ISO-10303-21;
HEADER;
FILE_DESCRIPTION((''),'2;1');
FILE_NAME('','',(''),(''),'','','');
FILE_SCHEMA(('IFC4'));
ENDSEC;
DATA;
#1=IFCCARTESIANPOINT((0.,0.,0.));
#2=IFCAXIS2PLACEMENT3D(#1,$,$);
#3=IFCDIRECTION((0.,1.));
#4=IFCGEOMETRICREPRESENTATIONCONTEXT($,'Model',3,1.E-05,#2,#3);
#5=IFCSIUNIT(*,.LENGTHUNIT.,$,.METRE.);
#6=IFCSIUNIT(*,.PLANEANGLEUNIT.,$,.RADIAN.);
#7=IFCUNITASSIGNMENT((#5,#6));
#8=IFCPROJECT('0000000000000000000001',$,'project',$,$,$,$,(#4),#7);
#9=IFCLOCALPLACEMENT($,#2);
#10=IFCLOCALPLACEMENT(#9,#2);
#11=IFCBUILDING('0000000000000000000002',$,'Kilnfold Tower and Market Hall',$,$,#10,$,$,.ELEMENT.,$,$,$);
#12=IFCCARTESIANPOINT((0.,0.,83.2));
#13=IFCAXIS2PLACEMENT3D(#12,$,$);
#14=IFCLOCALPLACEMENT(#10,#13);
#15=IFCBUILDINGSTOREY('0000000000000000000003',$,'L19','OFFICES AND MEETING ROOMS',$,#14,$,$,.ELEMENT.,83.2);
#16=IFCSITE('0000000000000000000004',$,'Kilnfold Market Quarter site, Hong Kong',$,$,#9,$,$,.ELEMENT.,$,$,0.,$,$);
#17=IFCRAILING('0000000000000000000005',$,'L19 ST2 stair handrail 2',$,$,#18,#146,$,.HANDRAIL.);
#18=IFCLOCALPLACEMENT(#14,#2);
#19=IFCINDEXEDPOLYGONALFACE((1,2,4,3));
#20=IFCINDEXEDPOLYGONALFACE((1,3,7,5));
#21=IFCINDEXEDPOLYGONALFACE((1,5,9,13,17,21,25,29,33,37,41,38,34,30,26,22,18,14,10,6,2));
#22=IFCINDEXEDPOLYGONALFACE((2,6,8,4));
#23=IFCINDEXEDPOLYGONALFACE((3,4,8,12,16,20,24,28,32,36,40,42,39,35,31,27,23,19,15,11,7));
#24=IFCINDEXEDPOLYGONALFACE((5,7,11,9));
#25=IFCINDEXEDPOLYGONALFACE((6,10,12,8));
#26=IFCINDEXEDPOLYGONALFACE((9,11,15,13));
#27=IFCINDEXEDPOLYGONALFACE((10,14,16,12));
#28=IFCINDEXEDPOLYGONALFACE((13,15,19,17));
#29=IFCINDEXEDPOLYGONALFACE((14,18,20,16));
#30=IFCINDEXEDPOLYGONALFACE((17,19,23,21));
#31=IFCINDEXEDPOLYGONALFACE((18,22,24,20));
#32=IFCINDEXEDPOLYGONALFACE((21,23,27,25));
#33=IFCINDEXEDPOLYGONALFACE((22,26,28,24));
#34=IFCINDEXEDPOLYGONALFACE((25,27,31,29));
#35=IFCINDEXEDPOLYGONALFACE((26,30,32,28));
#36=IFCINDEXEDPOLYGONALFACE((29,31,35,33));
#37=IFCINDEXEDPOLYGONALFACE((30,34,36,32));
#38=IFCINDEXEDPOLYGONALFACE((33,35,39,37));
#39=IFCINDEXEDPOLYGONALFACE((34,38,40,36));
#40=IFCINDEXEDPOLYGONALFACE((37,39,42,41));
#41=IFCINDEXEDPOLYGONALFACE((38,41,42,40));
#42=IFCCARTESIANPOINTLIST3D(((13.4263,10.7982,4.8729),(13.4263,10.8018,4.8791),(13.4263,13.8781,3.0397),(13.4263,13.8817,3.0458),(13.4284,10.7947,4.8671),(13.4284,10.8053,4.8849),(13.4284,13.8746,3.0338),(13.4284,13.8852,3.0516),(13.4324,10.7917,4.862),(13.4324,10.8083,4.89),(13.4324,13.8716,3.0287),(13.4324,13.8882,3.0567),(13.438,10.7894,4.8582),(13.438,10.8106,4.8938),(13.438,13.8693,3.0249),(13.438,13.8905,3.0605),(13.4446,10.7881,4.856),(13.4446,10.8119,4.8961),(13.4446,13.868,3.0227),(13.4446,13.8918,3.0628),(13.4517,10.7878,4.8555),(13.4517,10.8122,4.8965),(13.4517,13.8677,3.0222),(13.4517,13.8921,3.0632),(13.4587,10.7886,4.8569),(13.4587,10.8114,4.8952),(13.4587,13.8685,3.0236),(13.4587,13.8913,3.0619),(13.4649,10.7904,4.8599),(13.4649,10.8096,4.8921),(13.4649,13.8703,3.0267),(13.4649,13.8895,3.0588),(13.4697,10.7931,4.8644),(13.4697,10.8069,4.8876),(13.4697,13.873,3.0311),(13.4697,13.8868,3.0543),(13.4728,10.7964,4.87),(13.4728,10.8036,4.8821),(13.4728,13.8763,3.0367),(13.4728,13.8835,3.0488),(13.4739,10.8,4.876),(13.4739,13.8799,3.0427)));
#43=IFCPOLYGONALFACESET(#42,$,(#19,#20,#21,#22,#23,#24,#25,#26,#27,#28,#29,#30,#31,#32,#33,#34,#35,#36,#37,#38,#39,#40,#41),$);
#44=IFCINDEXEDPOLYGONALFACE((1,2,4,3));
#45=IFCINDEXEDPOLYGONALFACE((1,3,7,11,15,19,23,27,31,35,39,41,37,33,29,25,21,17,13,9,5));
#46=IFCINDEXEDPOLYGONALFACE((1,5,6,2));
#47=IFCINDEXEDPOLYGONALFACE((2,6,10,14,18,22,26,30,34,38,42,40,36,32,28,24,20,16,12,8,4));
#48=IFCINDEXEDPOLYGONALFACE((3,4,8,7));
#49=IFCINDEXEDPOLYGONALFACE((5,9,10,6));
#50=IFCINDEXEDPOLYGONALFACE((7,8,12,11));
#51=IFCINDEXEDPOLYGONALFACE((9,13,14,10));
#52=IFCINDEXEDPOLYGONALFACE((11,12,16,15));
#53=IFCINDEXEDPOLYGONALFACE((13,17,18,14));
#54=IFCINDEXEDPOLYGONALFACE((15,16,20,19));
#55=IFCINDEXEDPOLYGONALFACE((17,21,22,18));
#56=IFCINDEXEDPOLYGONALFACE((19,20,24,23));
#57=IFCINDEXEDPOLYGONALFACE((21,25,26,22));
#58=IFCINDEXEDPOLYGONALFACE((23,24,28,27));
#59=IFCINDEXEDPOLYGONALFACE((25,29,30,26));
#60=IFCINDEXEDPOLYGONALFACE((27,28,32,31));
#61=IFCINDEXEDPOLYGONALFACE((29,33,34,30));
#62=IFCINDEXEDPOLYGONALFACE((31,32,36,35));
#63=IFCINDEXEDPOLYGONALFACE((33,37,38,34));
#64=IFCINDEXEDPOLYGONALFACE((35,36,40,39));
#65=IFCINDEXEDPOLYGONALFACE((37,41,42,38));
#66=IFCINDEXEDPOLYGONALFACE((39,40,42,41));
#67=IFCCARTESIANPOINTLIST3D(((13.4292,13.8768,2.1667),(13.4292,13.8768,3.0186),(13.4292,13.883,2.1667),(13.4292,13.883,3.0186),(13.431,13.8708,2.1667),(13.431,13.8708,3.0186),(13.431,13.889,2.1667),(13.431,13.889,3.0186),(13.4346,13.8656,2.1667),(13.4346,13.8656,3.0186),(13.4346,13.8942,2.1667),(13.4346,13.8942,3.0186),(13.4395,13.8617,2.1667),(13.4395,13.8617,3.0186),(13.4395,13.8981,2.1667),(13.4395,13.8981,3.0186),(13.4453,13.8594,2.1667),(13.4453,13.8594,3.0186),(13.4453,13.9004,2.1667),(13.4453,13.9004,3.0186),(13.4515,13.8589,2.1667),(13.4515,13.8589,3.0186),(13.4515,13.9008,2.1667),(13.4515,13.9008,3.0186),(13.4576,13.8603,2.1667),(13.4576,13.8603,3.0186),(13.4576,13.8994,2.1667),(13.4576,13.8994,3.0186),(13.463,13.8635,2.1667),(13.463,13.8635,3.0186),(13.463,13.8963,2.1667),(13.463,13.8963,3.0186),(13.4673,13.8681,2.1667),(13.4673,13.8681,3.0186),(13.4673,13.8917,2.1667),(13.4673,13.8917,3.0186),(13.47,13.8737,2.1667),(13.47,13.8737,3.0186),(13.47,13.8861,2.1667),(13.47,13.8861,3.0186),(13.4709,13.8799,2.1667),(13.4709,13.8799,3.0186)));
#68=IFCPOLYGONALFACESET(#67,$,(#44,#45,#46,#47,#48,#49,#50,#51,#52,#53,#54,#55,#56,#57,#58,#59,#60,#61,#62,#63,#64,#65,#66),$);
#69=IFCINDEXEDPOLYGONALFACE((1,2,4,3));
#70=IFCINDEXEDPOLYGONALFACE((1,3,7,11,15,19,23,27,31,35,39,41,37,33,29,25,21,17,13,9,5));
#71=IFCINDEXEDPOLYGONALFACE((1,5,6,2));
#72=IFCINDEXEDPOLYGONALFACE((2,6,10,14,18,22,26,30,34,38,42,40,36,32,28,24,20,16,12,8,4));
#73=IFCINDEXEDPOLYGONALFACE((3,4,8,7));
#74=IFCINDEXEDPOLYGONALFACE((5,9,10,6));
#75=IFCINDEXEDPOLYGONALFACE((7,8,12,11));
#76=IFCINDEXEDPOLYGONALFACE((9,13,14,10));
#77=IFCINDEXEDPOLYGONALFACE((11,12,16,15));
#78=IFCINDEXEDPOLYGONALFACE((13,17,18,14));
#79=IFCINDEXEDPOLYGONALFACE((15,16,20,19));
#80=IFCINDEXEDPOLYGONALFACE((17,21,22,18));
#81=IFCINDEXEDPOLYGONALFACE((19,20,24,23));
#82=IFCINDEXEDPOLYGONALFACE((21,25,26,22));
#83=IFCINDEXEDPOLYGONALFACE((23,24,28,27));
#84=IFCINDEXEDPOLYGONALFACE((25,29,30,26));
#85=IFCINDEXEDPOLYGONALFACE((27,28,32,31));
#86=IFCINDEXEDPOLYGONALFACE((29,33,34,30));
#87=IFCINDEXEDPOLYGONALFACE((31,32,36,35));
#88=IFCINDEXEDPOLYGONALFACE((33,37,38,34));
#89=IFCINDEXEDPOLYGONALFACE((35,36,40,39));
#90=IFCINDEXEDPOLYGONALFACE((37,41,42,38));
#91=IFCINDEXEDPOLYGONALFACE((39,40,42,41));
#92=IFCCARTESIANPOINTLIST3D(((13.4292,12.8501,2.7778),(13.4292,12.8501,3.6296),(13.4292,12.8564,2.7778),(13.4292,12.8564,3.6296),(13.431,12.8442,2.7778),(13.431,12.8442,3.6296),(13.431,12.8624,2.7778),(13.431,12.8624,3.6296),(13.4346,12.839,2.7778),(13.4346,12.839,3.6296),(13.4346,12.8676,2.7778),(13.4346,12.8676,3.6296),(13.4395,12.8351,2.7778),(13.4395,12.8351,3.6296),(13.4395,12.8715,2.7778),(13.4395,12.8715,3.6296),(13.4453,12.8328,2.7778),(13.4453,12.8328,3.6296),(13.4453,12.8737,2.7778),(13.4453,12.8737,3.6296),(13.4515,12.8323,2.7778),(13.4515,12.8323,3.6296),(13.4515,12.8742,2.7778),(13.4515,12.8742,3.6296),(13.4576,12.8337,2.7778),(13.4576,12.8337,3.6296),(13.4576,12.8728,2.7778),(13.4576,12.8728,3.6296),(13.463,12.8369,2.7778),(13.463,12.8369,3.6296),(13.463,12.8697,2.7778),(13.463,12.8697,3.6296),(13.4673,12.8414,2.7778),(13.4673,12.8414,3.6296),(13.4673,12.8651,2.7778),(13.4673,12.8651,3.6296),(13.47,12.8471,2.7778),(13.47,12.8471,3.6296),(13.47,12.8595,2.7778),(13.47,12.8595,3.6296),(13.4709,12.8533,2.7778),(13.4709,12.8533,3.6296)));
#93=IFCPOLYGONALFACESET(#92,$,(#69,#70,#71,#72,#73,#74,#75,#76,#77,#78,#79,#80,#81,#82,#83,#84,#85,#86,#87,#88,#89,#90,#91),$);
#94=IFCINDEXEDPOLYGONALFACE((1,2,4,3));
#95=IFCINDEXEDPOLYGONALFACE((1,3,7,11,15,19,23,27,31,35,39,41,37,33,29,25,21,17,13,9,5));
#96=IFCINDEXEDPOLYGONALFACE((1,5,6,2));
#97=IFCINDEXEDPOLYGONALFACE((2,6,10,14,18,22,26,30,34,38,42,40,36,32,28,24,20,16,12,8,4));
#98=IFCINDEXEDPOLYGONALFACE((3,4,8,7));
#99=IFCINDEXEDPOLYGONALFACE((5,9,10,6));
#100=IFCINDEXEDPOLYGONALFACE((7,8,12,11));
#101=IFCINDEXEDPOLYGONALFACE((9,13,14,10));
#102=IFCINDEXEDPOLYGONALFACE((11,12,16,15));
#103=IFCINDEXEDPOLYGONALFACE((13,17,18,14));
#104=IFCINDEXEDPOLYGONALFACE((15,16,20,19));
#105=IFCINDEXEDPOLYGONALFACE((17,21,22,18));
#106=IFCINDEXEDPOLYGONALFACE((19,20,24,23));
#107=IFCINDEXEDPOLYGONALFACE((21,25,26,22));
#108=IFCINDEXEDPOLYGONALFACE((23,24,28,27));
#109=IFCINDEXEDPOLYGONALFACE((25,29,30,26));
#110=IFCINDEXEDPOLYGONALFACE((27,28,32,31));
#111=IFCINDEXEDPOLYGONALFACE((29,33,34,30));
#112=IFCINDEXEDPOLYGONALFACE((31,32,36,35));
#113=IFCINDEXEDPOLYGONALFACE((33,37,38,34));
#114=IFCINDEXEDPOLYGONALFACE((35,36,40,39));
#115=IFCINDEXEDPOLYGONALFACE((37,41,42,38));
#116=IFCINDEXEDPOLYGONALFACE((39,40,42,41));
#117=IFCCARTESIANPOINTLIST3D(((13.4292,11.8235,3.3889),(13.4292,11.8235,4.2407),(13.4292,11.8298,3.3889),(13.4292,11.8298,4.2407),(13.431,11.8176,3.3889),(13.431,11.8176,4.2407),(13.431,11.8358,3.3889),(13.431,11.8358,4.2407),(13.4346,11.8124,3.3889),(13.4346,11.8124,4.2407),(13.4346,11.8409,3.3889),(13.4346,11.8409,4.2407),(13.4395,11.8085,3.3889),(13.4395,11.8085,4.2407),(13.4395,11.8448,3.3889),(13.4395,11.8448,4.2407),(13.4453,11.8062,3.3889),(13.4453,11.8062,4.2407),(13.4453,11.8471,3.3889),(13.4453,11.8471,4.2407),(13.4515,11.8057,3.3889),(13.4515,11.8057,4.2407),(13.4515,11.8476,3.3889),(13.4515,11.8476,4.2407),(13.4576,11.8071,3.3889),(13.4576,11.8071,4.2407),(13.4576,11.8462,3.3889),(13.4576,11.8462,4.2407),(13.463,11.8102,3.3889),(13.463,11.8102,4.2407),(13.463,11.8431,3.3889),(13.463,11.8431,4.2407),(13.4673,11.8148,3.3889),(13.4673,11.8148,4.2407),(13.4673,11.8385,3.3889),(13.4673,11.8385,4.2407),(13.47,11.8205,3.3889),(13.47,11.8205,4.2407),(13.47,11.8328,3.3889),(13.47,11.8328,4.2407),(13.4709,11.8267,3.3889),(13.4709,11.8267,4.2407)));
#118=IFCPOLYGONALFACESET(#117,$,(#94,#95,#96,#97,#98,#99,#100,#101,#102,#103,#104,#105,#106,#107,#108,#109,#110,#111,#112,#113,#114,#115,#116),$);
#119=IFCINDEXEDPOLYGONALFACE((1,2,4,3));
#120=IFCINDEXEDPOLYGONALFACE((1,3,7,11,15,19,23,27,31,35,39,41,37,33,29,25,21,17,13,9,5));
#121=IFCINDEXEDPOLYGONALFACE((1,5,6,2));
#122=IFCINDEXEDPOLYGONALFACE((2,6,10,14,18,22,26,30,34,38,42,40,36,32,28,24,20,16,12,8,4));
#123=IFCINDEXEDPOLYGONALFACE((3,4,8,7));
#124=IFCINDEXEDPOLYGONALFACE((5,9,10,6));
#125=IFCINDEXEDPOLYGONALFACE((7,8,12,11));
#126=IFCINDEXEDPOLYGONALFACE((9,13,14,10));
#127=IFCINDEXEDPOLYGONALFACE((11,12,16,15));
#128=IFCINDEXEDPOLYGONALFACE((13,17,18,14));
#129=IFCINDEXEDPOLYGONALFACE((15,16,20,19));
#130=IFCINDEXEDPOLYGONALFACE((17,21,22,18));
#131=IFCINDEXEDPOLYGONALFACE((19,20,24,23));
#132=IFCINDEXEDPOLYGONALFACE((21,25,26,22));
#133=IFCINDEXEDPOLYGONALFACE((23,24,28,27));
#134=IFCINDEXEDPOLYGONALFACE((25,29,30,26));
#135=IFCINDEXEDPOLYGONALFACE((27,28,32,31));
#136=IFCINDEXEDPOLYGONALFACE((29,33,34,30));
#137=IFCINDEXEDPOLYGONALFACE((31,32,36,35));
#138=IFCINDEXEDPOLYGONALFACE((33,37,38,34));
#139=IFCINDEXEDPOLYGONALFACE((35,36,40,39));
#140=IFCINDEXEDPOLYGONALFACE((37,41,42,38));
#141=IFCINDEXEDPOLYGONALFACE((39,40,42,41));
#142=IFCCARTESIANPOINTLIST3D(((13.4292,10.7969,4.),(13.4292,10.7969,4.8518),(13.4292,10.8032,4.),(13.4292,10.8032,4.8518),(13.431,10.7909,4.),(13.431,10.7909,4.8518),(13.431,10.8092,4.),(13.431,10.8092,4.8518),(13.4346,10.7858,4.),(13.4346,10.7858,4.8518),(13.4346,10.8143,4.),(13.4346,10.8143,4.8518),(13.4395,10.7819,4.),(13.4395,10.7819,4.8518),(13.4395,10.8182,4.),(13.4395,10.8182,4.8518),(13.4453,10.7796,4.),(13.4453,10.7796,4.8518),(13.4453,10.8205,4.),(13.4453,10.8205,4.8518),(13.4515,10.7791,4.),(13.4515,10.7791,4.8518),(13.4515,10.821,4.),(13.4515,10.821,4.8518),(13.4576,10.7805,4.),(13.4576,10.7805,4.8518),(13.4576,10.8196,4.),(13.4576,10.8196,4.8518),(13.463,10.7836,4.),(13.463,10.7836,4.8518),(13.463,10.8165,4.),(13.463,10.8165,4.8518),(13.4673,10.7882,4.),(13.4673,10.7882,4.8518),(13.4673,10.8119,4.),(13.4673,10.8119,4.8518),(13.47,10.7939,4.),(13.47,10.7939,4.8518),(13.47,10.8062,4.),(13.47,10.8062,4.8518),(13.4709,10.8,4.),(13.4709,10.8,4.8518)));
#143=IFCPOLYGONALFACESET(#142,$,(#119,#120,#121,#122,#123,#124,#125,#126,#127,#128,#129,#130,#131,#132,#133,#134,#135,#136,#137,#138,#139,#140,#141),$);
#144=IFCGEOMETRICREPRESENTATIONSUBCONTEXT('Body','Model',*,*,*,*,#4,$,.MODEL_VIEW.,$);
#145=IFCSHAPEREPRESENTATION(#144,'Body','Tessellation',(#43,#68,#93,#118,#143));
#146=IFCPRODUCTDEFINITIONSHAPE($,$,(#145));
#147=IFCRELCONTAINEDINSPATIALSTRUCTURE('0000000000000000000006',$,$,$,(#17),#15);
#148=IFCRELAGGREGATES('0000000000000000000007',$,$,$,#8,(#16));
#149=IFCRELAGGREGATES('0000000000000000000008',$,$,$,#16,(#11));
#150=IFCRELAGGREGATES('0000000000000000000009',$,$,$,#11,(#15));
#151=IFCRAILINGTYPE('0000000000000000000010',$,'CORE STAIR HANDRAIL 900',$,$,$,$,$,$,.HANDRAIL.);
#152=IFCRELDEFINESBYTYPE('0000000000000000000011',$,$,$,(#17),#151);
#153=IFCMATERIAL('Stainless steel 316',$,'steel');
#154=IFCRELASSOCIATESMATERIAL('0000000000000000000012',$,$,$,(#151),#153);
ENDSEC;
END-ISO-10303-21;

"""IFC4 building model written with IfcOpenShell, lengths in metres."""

from ifc_helpers import new_model, si_unit, direction, frame, origin, origin_2d, place, context, subcontext, project, spatial, circle, extrude, material, type_object, element, save


model = new_model("IFC4")

# Units and contexts
model_context = context("Model", 3, precision=1e-05, world=origin(), true_north=direction((0.0, 1.0)))
body_context = subcontext(model_context, "Body", "Model", "MODEL_VIEW")
ifc_project = project(units=[si_unit("LENGTHUNIT", "METRE"), si_unit("PLANEANGLEUNIT", "RADIAN")], contexts=[model_context])

# Site, building, storey
site_placement = place(None, origin())
site = spatial("IfcSite", under=ifc_project, at=site_placement, Name="Kilnfold Market Quarter site, Hong Kong", CompositionType="ELEMENT", RefElevation=0.0)
building_placement = place(site_placement, origin())
building = spatial("IfcBuilding", under=site, at=building_placement, Name="Kilnfold Tower and Market Hall", CompositionType="ELEMENT")
storey_placement = place(building_placement, frame((0.0, 0.0, 83.2)))
storey = spatial("IfcBuildingStorey", under=building, at=storey_placement, Name="L19", Description="OFFICES AND MEETING ROOMS", CompositionType="ELEMENT", Elevation=83.2)

# Railing
ifc_material_1 = material(Name="Stainless steel 316", Category="steel")
railing_type_1 = type_object("IfcRailingType", Name="CORE STAIR HANDRAIL 900", PredefinedType="HANDRAIL", material=ifc_material_1)
railing_1_placement = place(storey_placement, frame((13.45, 13.8799, 2.1667)))
element("IfcRailing", 1, at=railing_1_placement, inside=storey, type_object=railing_type_1, Name="L19 ST2 stair handrail 2", PredefinedType="HANDRAIL", context=body_context, shape_type="SweptSolid", body=[
    extrude(circle(Radius=0.0239, at=origin_2d()), frame((0.0, 0.0, 0.876), z_axis=(0.0, -0.859291, 0.511487), x_axis=(1.0, 0.0, 0.0)), (0.0, 0.0, 1.0), 3.5842),
    extrude(circle(Radius=0.021, at=origin_2d()), origin(), (0.0, 0.0, 1.0), 0.8518),
    extrude(circle(Radius=0.021, at=origin_2d()), frame((0.0, -1.0266, 0.6111)), (0.0, 0.0, 1.0), 0.8518),
    extrude(circle(Radius=0.021, at=origin_2d()), frame((0.0, -2.0532, 1.2222)), (0.0, 0.0, 1.0), 0.8518),
    extrude(circle(Radius=0.021, at=origin_2d()), frame((0.0, -3.0798, 1.8333)), (0.0, 0.0, 1.0), 0.8518),
])

save(model, "model.ifc")
